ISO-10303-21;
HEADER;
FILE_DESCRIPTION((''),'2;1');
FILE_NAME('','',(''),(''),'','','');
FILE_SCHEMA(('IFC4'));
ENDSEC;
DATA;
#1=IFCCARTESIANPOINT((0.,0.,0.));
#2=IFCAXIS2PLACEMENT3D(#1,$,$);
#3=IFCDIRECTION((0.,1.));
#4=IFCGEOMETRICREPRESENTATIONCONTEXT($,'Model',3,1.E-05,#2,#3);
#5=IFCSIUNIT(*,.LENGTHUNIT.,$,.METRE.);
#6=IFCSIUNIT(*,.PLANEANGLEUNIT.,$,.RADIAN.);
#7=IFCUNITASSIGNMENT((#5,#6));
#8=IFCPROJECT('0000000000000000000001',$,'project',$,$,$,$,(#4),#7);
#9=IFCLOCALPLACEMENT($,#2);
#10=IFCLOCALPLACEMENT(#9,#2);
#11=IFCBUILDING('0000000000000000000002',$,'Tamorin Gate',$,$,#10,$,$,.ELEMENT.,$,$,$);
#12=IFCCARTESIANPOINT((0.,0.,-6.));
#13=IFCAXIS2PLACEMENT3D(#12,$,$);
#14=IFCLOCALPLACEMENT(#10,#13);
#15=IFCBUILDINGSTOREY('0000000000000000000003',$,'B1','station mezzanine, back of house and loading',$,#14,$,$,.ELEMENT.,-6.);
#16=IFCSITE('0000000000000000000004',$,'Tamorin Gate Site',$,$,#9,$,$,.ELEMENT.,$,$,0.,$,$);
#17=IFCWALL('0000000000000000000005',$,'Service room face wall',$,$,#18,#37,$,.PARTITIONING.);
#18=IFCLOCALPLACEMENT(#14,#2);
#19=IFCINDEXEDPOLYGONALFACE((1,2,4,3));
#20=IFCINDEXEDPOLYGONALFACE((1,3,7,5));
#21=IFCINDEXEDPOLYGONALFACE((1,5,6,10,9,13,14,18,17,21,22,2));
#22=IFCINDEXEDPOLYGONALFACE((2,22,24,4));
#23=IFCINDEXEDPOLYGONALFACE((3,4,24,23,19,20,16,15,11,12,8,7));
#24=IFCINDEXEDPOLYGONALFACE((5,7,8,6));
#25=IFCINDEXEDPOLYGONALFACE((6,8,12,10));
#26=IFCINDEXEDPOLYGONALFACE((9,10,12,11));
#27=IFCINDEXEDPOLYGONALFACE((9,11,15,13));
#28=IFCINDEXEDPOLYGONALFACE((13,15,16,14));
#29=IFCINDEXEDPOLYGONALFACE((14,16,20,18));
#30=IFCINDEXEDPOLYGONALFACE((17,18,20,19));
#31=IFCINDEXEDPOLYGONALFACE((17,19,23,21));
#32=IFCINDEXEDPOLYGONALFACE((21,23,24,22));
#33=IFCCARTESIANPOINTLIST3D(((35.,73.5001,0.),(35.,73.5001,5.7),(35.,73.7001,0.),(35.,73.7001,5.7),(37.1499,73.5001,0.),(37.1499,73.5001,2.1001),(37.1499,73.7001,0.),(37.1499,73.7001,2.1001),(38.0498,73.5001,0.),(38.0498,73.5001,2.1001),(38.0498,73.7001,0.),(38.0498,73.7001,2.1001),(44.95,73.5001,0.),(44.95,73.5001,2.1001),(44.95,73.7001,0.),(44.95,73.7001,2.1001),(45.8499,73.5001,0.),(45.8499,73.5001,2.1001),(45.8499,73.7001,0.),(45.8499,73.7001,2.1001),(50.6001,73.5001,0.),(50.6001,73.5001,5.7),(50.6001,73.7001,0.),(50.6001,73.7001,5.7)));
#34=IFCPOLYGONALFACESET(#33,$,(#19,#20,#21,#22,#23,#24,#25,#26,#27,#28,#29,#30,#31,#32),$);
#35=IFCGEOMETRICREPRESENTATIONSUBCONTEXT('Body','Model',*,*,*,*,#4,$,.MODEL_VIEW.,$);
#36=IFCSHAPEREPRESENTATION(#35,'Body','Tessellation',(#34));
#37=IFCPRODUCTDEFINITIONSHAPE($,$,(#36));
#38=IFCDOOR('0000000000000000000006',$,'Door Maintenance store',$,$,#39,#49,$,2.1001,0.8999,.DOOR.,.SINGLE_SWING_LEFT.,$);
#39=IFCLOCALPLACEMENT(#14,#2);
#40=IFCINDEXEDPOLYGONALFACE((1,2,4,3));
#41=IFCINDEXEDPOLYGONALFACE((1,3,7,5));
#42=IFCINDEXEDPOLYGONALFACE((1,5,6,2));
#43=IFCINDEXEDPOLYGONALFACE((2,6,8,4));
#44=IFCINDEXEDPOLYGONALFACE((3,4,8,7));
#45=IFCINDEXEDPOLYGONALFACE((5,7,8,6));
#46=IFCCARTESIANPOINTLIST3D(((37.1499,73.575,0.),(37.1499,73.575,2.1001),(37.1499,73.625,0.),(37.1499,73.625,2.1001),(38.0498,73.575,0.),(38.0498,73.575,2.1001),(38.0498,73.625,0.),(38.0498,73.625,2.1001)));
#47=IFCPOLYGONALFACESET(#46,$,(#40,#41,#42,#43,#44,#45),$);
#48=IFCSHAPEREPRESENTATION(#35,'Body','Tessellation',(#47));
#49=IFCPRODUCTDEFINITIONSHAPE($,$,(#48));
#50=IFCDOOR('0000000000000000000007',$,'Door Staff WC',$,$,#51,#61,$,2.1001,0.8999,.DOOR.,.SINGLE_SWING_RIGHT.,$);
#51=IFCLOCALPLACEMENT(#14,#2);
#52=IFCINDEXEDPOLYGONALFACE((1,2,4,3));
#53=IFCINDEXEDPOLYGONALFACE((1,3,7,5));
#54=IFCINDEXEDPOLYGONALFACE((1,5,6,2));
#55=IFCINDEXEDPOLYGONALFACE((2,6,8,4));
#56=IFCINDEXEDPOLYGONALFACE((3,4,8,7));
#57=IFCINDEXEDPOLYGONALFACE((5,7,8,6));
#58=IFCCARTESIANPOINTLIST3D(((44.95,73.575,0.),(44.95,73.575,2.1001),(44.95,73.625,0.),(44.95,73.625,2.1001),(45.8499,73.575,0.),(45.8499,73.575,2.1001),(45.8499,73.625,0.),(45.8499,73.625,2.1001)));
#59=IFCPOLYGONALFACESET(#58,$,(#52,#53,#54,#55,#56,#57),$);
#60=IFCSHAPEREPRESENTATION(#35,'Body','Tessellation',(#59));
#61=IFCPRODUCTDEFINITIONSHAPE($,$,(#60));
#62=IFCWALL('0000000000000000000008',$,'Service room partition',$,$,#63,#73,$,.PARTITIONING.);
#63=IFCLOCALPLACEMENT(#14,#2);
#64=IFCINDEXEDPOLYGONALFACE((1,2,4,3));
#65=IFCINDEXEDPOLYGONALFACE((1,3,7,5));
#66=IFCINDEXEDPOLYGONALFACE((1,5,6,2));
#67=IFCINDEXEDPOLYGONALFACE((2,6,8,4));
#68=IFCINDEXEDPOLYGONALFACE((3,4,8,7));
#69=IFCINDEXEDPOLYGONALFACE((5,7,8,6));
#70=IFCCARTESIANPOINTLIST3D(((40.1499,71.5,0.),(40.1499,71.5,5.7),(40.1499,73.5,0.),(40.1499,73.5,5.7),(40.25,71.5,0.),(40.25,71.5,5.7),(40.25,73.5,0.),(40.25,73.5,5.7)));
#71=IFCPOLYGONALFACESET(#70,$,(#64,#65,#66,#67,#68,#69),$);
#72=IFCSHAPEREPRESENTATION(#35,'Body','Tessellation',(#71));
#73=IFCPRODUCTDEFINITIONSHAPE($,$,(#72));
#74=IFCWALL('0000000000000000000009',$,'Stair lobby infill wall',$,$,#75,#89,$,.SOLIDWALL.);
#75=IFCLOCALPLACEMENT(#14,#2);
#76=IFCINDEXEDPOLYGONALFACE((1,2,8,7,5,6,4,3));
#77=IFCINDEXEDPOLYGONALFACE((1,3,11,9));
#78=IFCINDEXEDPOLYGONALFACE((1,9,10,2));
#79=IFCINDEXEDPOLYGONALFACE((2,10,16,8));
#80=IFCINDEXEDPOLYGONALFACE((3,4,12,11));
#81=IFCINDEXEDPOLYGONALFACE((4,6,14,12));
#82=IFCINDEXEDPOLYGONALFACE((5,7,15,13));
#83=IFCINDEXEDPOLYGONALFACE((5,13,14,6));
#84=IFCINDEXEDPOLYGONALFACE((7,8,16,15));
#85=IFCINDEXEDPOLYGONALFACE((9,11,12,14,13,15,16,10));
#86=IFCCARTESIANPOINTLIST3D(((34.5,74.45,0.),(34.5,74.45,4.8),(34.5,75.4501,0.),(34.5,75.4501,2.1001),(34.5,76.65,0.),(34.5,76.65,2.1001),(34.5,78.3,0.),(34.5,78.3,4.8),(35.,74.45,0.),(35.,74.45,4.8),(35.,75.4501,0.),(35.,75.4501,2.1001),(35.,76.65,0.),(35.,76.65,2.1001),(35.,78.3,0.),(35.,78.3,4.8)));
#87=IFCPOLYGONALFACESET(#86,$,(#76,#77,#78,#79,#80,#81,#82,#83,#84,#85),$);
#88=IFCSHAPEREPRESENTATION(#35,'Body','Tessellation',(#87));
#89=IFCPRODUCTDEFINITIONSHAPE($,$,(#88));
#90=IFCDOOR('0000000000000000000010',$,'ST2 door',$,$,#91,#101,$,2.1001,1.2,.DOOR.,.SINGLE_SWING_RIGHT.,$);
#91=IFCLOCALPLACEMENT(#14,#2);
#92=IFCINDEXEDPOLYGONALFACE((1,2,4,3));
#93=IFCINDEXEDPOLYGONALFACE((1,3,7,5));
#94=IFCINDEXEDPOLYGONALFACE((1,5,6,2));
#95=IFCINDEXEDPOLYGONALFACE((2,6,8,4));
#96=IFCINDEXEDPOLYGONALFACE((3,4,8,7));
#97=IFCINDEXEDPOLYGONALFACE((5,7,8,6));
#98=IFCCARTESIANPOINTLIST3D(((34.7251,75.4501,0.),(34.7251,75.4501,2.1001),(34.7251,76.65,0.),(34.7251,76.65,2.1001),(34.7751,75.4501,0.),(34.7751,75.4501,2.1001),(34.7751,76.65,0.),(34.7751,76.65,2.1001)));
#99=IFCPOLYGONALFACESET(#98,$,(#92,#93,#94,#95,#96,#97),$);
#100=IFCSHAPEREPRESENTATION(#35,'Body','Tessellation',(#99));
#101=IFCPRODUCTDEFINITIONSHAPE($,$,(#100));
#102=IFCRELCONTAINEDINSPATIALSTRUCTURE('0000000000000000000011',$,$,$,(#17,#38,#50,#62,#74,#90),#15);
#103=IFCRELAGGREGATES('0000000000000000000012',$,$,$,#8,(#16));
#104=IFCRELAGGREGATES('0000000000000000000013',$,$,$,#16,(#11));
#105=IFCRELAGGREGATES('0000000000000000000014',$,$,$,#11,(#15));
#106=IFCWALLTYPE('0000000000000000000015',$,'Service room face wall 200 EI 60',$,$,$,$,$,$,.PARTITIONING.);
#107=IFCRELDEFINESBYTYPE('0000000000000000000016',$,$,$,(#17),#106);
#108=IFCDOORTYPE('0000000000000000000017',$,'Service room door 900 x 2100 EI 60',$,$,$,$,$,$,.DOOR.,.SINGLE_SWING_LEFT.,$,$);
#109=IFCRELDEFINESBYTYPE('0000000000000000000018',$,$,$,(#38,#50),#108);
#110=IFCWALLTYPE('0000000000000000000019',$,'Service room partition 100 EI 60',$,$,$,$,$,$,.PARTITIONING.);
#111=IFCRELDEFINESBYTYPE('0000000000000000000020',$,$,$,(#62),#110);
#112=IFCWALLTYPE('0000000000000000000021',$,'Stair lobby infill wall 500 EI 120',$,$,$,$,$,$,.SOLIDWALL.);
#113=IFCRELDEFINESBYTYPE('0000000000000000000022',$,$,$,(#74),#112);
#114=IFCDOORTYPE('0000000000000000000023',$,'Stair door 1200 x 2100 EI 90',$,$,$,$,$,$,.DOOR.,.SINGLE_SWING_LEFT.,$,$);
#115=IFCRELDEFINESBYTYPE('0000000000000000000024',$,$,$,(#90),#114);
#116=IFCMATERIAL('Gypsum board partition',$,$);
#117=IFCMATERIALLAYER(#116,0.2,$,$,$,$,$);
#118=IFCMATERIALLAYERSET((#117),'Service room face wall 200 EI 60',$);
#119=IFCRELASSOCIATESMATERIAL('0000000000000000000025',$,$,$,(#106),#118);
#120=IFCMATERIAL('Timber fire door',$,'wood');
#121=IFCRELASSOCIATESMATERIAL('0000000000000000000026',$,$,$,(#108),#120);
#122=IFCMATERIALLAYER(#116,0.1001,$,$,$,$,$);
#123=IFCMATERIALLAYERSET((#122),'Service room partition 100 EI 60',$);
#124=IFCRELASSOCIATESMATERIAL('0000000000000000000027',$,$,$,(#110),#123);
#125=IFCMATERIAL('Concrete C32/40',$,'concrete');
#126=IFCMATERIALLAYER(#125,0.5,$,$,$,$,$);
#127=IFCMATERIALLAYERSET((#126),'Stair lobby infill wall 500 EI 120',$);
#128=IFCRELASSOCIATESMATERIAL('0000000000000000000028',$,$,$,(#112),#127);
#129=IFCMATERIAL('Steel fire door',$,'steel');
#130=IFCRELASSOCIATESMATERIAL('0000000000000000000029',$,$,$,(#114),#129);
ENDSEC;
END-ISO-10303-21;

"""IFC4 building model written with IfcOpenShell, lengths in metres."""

from ifc_helpers import new_model, si_unit, direction, frame, frame_2d, origin, place, context, subcontext, project, spatial, rectangle, extrude, material, layer, layer_set, type_object, element, fill, save


model = new_model("IFC4")

# Units and contexts
model_context = context("Model", 3, precision=1e-05, world=origin(), true_north=direction((0.0, 1.0)))
body_context = subcontext(model_context, "Body", "Model", "MODEL_VIEW")
ifc_project = project(units=[si_unit("LENGTHUNIT", "METRE"), si_unit("PLANEANGLEUNIT", "RADIAN")], contexts=[model_context])

# Site, building, storey
site_placement = place(None, origin())
site = spatial("IfcSite", under=ifc_project, at=site_placement, Name="Tamorin Gate Site", CompositionType="ELEMENT", RefElevation=0.0)
building_placement = place(site_placement, origin())
building = spatial("IfcBuilding", under=site, at=building_placement, Name="Tamorin Gate", CompositionType="ELEMENT")
storey_placement = place(building_placement, frame((0.0, 0.0, -6.0)))
storey = spatial("IfcBuildingStorey", under=building, at=storey_placement, Name="B1", Description="station mezzanine, back of house and loading", CompositionType="ELEMENT", Elevation=-6.0)

# Shared definitions
ifc_material_1 = material(Name="Concrete C32/40", Category="concrete")

# Shared definitions
ifc_material_2 = material(Name="Steel fire door", Category="steel")

# Wall, openings, doors
ifc_material_3 = material(Name="Gypsum board partition")
ifc_layer_1 = layer(ifc_material_3, 0.2)
ifc_layer_set_1 = layer_set([ifc_layer_1], Name="Service room face wall 200 EI 60")
wall_type_1 = type_object("IfcWallType", Name="Service room face wall 200 EI 60", PredefinedType="PARTITIONING", material=ifc_layer_set_1)
wall_1_placement = place(storey_placement, frame((35.0, 73.6001, 0.0), z_axis=(0.0, 0.0, 1.0), x_axis=(1.0, 0.0, 0.0)))
wall_1 = element("IfcWall", 1, at=wall_1_placement, inside=storey, type_object=wall_type_1, Name="Service room face wall", PredefinedType="PARTITIONING", context=body_context, shape_type="SweptSolid", body=[
    extrude(rectangle(XDim=15.6001, YDim=0.2, at=frame_2d((7.8, 0.0))), origin(), (0.0, 0.0, 1.0), 5.7),
])
opening_1_placement = place(wall_1_placement, frame((2.1499, 0.0, 0.0)))
opening_1 = element("IfcOpeningElement", 2, at=opening_1_placement, cuts=wall_1, PredefinedType="OPENING", context=body_context, shape_type="SweptSolid", body=[
    extrude(rectangle(XDim=0.8999, YDim=2.1001, at=frame_2d((0.45, 1.05))), frame((0.0, 0.1099, 0.0), z_axis=(0.0, -1.0, 0.0), x_axis=(1.0, 0.0, 0.0)), (0.0, 0.0, 1.0), 0.22),
])
opening_2_placement = place(wall_1_placement, frame((9.95, 0.0, 0.0)))
opening_2 = element("IfcOpeningElement", 3, at=opening_2_placement, cuts=wall_1, PredefinedType="OPENING", context=body_context, shape_type="SweptSolid", body=[
    extrude(rectangle(XDim=0.8999, YDim=2.1001, at=frame_2d((0.45, 1.05))), frame((0.0, 0.1099, 0.0), z_axis=(0.0, -1.0, 0.0), x_axis=(1.0, 0.0, 0.0)), (0.0, 0.0, 1.0), 0.22),
])
ifc_material_4 = material(Name="Timber fire door", Category="wood")
door_type_1 = type_object("IfcDoorType", Name="Service room door 900 x 2100 EI 60", OperationType="SINGLE_SWING_LEFT", PredefinedType="DOOR", material=ifc_material_4)
door_1_placement = place(opening_1_placement, origin())
door_1 = element("IfcDoor", 4, at=door_1_placement, inside=storey, type_object=door_type_1, Name="Door Maintenance store", OperationType="SINGLE_SWING_LEFT", OverallHeight=2.1001, OverallWidth=0.8999, PredefinedType="DOOR", context=body_context, shape_type="SweptSolid", body=[
    extrude(rectangle(XDim=0.8999, YDim=2.1001, at=frame_2d((0.45, 1.05))), frame((0.0, 0.0249, 0.0), z_axis=(0.0, -1.0, 0.0), x_axis=(1.0, 0.0, 0.0)), (0.0, 0.0, 1.0), 0.05),
])
fill(opening_1, door_1)
door_2_placement = place(opening_2_placement, origin())
door_2 = element("IfcDoor", 5, at=door_2_placement, inside=storey, type_object=door_type_1, Name="Door Staff WC", OperationType="SINGLE_SWING_RIGHT", OverallHeight=2.1001, OverallWidth=0.8999, PredefinedType="DOOR", context=body_context, shape_type="SweptSolid", body=[
    extrude(rectangle(XDim=0.8999, YDim=2.1001, at=frame_2d((0.45, 1.05))), frame((0.0, 0.0249, 0.0), z_axis=(0.0, -1.0, 0.0), x_axis=(1.0, 0.0, 0.0)), (0.0, 0.0, 1.0), 0.05),
])
fill(opening_2, door_2)

# Wall
ifc_layer_2 = layer(ifc_material_3, 0.1001)
ifc_layer_set_2 = layer_set([ifc_layer_2], Name="Service room partition 100 EI 60")
wall_type_2 = type_object("IfcWallType", Name="Service room partition 100 EI 60", PredefinedType="PARTITIONING", material=ifc_layer_set_2)
wall_2_placement = place(storey_placement, frame((40.2, 71.5, 0.0), z_axis=(0.0, 0.0, 1.0), x_axis=(0.0, 1.0, 0.0)))
element("IfcWall", 6, at=wall_2_placement, inside=storey, type_object=wall_type_2, Name="Service room partition", PredefinedType="PARTITIONING", context=body_context, shape_type="SweptSolid", body=[
    extrude(rectangle(XDim=2.0, YDim=0.1001, at=frame_2d((1.0, 0.0))), origin(), (0.0, 0.0, 1.0), 5.7),
])

# Wall, opening, door
ifc_layer_3 = layer(ifc_material_1, 0.5)
ifc_layer_set_3 = layer_set([ifc_layer_3], Name="Stair lobby infill wall 500 EI 120")
wall_type_3 = type_object("IfcWallType", Name="Stair lobby infill wall 500 EI 120", PredefinedType="SOLIDWALL", material=ifc_layer_set_3)
wall_3_placement = place(storey_placement, frame((34.75, 74.45, 0.0), z_axis=(0.0, 0.0, 1.0), x_axis=(0.0, 1.0, 0.0)))
wall_3 = element("IfcWall", 7, at=wall_3_placement, inside=storey, type_object=wall_type_3, Name="Stair lobby infill wall", PredefinedType="SOLIDWALL", context=body_context, shape_type="SweptSolid", body=[
    extrude(rectangle(XDim=3.8501, YDim=0.5, at=frame_2d((1.925, 0.0))), origin(), (0.0, 0.0, 1.0), 4.8),
])
opening_3_placement = place(wall_3_placement, frame((1.0, 0.0, 0.0)))
opening_3 = element("IfcOpeningElement", 8, at=opening_3_placement, cuts=wall_3, PredefinedType="OPENING", context=body_context, shape_type="SweptSolid", body=[
    extrude(rectangle(XDim=1.2, YDim=2.1001, at=frame_2d((0.6001, 1.05))), frame((0.0, 0.26, 0.0), z_axis=(0.0, -1.0, 0.0), x_axis=(1.0, 0.0, 0.0)), (0.0, 0.0, 1.0), 0.52),
])
door_type_2 = type_object("IfcDoorType", Name="Stair door 1200 x 2100 EI 90", OperationType="SINGLE_SWING_LEFT", PredefinedType="DOOR", material=ifc_material_2)
door_3_placement = place(opening_3_placement, origin())
door_3 = element("IfcDoor", 9, at=door_3_placement, inside=storey, type_object=door_type_2, Name="ST2 door", OperationType="SINGLE_SWING_RIGHT", OverallHeight=2.1001, OverallWidth=1.2, PredefinedType="DOOR", context=body_context, shape_type="SweptSolid", body=[
    extrude(rectangle(XDim=1.2, YDim=2.1001, at=frame_2d((0.6001, 1.05))), frame((0.0, 0.0249, 0.0), z_axis=(0.0, -1.0, 0.0), x_axis=(1.0, 0.0, 0.0)), (0.0, 0.0, 1.0), 0.05),
])
fill(opening_3, door_3)

save(model, "model.ifc")
